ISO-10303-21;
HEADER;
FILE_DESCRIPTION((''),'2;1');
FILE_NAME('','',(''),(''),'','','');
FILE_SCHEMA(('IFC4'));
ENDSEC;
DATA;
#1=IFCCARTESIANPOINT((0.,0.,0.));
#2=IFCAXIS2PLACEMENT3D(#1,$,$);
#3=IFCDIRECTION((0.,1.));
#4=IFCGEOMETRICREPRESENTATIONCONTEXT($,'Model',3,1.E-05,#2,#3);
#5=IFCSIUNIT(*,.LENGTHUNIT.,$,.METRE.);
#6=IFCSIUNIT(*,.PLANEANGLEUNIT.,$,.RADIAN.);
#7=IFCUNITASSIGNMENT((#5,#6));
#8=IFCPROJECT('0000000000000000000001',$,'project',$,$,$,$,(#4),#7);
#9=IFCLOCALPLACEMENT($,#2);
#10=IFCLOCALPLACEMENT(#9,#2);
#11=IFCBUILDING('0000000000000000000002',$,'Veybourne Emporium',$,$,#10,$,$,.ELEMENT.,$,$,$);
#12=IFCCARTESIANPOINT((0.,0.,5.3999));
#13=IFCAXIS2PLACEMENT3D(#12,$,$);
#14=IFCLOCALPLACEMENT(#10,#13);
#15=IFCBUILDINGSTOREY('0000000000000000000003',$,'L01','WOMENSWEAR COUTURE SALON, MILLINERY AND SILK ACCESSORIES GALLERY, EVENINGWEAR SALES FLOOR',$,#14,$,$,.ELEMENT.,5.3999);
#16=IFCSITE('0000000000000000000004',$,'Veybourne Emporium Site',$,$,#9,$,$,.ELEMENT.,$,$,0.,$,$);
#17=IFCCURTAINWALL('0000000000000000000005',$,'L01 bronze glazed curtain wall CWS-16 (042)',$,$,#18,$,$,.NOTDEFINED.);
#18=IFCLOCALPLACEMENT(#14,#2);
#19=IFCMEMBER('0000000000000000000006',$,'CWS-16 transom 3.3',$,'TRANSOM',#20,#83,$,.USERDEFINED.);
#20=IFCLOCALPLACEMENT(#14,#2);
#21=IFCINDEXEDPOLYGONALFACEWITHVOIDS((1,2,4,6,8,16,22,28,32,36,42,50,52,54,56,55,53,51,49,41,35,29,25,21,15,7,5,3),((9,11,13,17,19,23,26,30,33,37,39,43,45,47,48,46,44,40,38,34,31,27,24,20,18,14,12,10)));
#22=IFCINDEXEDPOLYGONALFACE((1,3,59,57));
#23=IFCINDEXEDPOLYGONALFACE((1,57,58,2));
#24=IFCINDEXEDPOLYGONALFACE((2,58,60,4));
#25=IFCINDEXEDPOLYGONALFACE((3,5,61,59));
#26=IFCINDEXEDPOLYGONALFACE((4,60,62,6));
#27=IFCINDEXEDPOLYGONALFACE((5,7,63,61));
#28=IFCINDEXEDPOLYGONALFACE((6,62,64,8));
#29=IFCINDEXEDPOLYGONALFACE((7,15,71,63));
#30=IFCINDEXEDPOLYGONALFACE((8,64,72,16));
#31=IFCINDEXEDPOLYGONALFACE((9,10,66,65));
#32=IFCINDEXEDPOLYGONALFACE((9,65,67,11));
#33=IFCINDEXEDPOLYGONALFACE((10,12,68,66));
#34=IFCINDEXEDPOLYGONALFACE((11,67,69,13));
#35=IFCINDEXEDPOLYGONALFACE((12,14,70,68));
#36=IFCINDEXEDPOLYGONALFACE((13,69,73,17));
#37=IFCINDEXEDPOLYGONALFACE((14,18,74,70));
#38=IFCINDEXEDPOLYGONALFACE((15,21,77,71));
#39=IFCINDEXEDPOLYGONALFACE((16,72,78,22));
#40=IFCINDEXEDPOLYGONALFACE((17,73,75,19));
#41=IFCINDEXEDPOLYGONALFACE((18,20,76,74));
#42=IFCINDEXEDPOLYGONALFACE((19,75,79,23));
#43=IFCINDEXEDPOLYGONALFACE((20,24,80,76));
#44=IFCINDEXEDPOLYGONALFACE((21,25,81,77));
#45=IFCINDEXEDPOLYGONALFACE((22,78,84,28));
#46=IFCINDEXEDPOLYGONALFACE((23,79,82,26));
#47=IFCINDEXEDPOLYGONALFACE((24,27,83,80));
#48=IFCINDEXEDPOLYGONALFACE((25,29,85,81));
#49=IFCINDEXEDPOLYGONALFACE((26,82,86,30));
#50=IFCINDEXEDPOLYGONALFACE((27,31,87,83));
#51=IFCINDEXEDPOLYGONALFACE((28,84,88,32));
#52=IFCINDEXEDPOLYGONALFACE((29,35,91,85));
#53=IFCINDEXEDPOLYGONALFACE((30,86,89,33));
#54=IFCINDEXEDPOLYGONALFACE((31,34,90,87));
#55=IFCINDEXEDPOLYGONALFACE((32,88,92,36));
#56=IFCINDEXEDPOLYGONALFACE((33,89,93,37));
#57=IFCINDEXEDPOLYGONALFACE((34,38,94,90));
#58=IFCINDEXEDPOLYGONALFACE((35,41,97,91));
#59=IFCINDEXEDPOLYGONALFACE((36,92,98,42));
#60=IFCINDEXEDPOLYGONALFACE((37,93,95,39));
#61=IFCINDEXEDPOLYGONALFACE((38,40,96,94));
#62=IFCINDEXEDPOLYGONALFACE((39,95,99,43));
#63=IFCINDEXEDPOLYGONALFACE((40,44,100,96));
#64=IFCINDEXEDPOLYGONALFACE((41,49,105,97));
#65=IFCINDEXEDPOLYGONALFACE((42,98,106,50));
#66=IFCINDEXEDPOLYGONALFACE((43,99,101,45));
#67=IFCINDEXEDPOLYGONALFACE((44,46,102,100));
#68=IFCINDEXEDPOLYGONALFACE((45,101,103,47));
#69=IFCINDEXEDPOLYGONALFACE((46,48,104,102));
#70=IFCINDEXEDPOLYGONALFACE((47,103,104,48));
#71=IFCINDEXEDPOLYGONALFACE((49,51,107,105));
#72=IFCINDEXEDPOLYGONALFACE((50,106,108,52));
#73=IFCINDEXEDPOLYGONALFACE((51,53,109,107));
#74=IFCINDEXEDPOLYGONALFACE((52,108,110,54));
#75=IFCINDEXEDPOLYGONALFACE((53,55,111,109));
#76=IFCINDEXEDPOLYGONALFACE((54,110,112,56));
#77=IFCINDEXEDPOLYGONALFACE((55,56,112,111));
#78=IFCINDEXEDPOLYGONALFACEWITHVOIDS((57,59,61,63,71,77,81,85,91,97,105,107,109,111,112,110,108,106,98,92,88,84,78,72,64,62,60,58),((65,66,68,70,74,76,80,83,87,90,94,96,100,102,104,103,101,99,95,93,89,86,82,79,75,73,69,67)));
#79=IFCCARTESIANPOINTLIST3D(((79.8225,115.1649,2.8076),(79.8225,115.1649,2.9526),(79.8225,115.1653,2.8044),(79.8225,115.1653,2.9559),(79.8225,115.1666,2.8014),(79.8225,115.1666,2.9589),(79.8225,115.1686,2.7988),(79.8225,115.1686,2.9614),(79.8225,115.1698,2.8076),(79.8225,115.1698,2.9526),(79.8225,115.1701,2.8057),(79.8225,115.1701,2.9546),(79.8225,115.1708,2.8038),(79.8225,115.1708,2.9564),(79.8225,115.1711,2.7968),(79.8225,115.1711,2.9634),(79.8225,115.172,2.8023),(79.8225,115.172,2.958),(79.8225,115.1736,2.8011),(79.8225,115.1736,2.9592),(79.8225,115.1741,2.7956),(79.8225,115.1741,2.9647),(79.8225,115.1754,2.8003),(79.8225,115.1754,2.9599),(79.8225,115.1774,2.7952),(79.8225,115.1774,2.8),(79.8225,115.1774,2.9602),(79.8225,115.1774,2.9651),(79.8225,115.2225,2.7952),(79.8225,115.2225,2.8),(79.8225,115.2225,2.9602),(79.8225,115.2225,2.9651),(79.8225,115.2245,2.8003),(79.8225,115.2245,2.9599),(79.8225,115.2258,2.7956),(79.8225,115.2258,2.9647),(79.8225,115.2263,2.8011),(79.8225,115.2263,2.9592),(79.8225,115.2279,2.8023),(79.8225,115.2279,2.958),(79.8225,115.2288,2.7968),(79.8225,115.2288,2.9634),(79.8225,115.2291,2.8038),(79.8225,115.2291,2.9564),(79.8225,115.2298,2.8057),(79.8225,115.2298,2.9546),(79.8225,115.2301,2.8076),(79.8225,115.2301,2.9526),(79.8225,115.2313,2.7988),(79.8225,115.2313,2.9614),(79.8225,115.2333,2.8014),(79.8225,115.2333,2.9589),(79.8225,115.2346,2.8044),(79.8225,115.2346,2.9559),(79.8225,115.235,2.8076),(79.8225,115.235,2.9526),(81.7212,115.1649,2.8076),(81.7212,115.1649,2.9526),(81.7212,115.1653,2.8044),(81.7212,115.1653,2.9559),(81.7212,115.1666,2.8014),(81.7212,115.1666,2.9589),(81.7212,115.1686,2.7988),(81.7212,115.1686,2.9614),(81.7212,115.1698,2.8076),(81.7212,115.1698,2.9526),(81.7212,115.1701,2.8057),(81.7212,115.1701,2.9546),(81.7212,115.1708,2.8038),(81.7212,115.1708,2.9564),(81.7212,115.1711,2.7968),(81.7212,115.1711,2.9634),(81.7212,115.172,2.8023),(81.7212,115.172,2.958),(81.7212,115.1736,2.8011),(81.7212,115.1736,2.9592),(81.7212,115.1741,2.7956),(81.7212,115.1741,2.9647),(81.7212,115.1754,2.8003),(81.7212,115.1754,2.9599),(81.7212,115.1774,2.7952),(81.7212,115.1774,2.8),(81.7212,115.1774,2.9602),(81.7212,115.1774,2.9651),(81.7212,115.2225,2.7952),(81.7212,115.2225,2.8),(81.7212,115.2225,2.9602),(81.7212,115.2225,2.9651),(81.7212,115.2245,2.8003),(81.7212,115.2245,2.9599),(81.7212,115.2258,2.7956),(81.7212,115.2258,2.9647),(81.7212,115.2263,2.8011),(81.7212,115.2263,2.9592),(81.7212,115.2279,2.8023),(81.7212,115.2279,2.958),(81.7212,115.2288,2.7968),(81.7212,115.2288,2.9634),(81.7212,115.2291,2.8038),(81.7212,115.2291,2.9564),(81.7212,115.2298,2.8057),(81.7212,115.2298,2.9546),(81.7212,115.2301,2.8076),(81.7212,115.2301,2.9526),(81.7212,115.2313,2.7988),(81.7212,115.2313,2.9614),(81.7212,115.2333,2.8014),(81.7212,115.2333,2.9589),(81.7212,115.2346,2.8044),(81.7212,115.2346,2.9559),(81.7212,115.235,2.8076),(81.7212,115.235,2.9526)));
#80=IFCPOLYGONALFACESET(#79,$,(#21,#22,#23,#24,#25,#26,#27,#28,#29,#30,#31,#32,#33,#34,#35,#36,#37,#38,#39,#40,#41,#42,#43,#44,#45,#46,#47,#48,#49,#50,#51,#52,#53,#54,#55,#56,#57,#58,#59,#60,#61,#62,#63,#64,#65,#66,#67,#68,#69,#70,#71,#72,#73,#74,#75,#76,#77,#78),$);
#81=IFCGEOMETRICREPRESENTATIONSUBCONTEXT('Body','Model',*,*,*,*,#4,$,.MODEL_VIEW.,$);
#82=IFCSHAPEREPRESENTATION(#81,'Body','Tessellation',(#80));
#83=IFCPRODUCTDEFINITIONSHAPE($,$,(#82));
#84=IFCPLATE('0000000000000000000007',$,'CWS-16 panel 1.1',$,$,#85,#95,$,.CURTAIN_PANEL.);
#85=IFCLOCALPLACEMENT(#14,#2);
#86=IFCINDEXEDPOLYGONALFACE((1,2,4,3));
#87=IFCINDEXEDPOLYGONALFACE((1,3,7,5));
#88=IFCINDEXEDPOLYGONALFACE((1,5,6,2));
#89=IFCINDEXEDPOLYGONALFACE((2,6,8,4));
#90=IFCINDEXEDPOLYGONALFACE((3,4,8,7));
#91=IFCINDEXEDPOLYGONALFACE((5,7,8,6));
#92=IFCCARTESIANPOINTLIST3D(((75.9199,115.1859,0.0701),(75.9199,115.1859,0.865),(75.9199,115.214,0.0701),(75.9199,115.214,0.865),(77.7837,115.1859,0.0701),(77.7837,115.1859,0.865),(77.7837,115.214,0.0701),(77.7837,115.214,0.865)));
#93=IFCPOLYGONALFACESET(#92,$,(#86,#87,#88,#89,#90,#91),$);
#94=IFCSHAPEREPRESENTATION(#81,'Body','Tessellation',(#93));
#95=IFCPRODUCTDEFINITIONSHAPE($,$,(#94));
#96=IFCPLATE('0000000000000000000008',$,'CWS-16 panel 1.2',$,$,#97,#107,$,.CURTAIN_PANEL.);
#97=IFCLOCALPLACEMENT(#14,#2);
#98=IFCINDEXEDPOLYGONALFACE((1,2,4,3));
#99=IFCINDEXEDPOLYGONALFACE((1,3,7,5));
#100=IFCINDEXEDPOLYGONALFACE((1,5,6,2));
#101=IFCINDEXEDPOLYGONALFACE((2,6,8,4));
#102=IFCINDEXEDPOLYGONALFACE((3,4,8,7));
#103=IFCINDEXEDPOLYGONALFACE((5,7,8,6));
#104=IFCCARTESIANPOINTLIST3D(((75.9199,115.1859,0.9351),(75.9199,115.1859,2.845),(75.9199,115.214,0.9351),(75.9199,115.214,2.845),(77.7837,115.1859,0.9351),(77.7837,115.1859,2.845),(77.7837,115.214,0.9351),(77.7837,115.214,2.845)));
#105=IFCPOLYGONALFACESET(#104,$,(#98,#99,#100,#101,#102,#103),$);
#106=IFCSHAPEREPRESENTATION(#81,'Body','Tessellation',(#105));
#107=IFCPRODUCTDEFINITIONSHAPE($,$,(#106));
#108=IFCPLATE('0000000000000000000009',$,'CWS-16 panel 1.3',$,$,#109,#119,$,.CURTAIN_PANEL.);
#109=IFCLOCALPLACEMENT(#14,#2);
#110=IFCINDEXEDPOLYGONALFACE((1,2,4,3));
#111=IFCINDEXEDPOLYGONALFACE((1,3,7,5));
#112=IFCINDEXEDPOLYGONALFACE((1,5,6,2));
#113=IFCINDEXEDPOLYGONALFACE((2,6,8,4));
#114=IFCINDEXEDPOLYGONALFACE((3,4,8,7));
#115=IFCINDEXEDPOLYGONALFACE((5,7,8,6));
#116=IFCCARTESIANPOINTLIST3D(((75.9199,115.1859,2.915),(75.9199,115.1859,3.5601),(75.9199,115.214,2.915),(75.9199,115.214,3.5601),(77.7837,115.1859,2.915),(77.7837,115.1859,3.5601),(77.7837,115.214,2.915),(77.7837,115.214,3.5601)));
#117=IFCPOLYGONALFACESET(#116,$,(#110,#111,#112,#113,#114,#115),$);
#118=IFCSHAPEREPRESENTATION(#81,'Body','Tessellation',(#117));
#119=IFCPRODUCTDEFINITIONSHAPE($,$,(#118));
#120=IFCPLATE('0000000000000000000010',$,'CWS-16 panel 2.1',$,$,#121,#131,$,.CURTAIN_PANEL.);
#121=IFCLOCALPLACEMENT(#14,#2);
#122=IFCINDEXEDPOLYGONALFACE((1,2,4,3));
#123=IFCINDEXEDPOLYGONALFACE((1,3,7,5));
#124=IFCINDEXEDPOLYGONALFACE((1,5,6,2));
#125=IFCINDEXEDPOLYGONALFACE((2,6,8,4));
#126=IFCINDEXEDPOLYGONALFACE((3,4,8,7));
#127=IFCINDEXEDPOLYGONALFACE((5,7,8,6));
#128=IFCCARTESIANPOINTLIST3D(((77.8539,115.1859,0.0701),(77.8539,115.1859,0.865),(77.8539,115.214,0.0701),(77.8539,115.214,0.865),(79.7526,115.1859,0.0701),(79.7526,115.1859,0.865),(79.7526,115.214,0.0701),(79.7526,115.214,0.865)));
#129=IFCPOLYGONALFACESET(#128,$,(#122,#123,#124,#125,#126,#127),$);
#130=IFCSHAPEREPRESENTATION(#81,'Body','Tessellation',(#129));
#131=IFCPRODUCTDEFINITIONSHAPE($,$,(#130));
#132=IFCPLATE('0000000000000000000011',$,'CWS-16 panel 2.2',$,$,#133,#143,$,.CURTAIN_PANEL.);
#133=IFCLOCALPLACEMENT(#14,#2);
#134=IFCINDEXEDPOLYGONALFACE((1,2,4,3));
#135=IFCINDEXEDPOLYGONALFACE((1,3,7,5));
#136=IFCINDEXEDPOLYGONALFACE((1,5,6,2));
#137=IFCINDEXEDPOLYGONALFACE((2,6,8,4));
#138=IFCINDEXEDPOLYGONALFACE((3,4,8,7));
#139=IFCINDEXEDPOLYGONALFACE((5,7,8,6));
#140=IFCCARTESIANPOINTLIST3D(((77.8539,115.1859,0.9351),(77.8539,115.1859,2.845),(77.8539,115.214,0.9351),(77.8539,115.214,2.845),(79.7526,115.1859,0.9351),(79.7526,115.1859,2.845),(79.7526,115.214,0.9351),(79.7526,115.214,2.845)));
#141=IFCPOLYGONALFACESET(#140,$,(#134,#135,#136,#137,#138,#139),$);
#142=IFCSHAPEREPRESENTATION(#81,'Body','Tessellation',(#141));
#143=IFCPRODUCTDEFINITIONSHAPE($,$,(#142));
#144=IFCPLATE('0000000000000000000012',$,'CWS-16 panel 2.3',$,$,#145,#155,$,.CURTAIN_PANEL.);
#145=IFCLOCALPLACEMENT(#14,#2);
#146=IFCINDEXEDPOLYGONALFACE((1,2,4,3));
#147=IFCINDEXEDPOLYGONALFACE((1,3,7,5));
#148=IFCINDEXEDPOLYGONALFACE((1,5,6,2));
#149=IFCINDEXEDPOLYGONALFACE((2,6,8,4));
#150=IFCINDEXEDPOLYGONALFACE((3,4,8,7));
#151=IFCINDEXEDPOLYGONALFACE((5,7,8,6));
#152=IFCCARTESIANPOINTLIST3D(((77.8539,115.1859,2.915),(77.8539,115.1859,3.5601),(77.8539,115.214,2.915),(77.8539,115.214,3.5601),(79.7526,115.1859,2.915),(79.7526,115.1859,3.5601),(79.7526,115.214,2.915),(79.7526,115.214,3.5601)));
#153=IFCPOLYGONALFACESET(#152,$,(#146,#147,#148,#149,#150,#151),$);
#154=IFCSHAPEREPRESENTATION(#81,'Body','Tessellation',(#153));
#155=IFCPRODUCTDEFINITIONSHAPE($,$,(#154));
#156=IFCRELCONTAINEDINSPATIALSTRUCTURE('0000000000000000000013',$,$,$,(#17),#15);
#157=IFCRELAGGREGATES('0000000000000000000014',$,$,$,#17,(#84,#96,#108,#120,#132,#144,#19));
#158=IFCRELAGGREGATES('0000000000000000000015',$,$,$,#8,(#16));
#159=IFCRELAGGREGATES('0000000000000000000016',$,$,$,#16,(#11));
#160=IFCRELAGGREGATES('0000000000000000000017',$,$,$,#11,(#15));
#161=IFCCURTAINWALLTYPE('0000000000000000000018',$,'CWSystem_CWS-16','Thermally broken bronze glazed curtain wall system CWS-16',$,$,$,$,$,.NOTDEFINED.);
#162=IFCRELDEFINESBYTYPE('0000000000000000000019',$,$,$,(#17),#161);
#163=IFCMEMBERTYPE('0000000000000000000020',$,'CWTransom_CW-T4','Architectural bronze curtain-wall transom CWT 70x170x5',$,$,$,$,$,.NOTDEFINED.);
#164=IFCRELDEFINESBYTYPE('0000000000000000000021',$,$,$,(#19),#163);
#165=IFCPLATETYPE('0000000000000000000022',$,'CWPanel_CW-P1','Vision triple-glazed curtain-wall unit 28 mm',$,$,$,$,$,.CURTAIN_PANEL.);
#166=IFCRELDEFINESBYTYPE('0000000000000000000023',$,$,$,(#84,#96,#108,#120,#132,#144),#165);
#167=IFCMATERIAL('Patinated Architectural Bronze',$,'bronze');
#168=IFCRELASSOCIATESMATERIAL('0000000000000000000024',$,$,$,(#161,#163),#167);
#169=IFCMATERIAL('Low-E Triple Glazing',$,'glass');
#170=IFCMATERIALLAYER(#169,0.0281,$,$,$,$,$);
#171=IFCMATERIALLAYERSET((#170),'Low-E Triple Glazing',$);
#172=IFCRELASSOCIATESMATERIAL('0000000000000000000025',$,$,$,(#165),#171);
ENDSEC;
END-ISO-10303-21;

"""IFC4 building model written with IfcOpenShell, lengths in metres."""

from ifc_helpers import new_model, si_unit, direction, frame, origin, origin_2d, place, context, subcontext, project, spatial, rectangle, hollow_rectangle, extrude, material, layer, layer_set, material_profile, profile_set, type_object, element, aggregate, save


model = new_model("IFC4")

# Units and contexts
model_context = context("Model", 3, precision=1e-05, world=origin(), true_north=direction((0.0, 1.0)))
body_context = subcontext(model_context, "Body", "Model", "MODEL_VIEW")
ifc_project = project(units=[si_unit("LENGTHUNIT", "METRE"), si_unit("PLANEANGLEUNIT", "RADIAN")], contexts=[model_context])

# Site, building, storey
site_placement = place(None, origin())
site = spatial("IfcSite", under=ifc_project, at=site_placement, Name="Veybourne Emporium Site", CompositionType="ELEMENT", RefElevation=0.0)
building_placement = place(site_placement, origin())
building = spatial("IfcBuilding", under=site, at=building_placement, Name="Veybourne Emporium", CompositionType="ELEMENT")
storey_placement = place(building_placement, frame((0.0, 0.0, 5.3999)))
storey = spatial("IfcBuildingStorey", under=building, at=storey_placement, Name="L01", Description="WOMENSWEAR COUTURE SALON, MILLINERY AND SILK ACCESSORIES GALLERY, EVENINGWEAR SALES FLOOR", CompositionType="ELEMENT", Elevation=5.3999)

# Curtain wall, member, plates
ifc_material_1 = material(Name="Patinated Architectural Bronze", Category="bronze")
curtain_wall_type = type_object("IfcCurtainWallType", Name="CWSystem_CWS-16", Description="Thermally broken bronze glazed curtain wall system CWS-16", PredefinedType="NOTDEFINED", material=ifc_material_1)
curtain_wall_placement = place(storey_placement, origin())
curtain_wall = element("IfcCurtainWall", 1, at=curtain_wall_placement, inside=storey, type_object=curtain_wall_type, Name="L01 bronze glazed curtain wall CWS-16 (042)", PredefinedType="NOTDEFINED")
ifc_material_profile_1 = material_profile(ifc_material_1, hollow_rectangle(XDim=0.0701, YDim=0.1699, WallThickness=0.0049, InnerFilletRadius=0.0076, OuterFilletRadius=0.0125, at=origin_2d()), Name="CWT 70x170x5")
ifc_profile_set_1 = profile_set([ifc_material_profile_1], Name="Patinated Architectural Bronze")
member_type_1 = type_object("IfcMemberType", Name="CWTransom_CW-T4", Description="Architectural bronze curtain-wall transom CWT 70x170x5", PredefinedType="NOTDEFINED", material=ifc_profile_set_1)
member_1_placement = place(storey_placement, frame((79.8225, 115.2, 2.8801), z_axis=(1.0, 0.0, 0.0), x_axis=(0.0, 1.0, 0.0)))
member_1 = element("IfcMember", 2, at=member_1_placement, type_object=member_type_1, Name="CWS-16 transom 3.3", ObjectType="TRANSOM", PredefinedType="USERDEFINED", context=body_context, shape_type="SweptSolid", body=[
    extrude(hollow_rectangle(XDim=0.0701, YDim=0.1699, WallThickness=0.0049, InnerFilletRadius=0.0076, OuterFilletRadius=0.0125, at=origin_2d()), origin(), (0.0, 0.0, 1.0), 1.8987),
])
ifc_material_2 = material(Name="Low-E Triple Glazing", Category="glass")
ifc_layer_1 = layer(ifc_material_2, 0.0281)
ifc_layer_set_1 = layer_set([ifc_layer_1], Name="Low-E Triple Glazing")
plate_type = type_object("IfcPlateType", Name="CWPanel_CW-P1", Description="Vision triple-glazed curtain-wall unit 28 mm", PredefinedType="CURTAIN_PANEL", material=ifc_layer_set_1)
plate_1_placement = place(storey_placement, frame((76.8518, 115.2, 0.0701), z_axis=(0.0, 0.0, 1.0), x_axis=(1.0, 0.0, 0.0)))
plate_1 = element("IfcPlate", 3, at=plate_1_placement, type_object=plate_type, Name="CWS-16 panel 1.1", PredefinedType="CURTAIN_PANEL", context=body_context, shape_type="SweptSolid", body=[
    extrude(rectangle(XDim=1.8638, YDim=0.0281, at=origin_2d()), origin(), (0.0, 0.0, 1.0), 0.7949),
])
plate_2_placement = place(storey_placement, frame((76.8518, 115.2, 0.9351), z_axis=(0.0, 0.0, 1.0), x_axis=(1.0, 0.0, 0.0)))
plate_2 = element("IfcPlate", 4, at=plate_2_placement, type_object=plate_type, Name="CWS-16 panel 1.2", PredefinedType="CURTAIN_PANEL", context=body_context, shape_type="SweptSolid", body=[
    extrude(rectangle(XDim=1.8638, YDim=0.0281, at=origin_2d()), origin(), (0.0, 0.0, 1.0), 1.9099),
])
plate_3_placement = place(storey_placement, frame((76.8518, 115.2, 2.915), z_axis=(0.0, 0.0, 1.0), x_axis=(1.0, 0.0, 0.0)))
plate_3 = element("IfcPlate", 5, at=plate_3_placement, type_object=plate_type, Name="CWS-16 panel 1.3", PredefinedType="CURTAIN_PANEL", context=body_context, shape_type="SweptSolid", body=[
    extrude(rectangle(XDim=1.8638, YDim=0.0281, at=origin_2d()), origin(), (0.0, 0.0, 1.0), 0.645),
])
plate_4_placement = place(storey_placement, frame((78.8032, 115.2, 0.0701), z_axis=(0.0, 0.0, 1.0), x_axis=(1.0, 0.0, 0.0)))
plate_4 = element("IfcPlate", 6, at=plate_4_placement, type_object=plate_type, Name="CWS-16 panel 2.1", PredefinedType="CURTAIN_PANEL", context=body_context, shape_type="SweptSolid", body=[
    extrude(rectangle(XDim=1.8987, YDim=0.0281, at=origin_2d()), origin(), (0.0, 0.0, 1.0), 0.7949),
])
plate_5_placement = place(storey_placement, frame((78.8032, 115.2, 0.9351), z_axis=(0.0, 0.0, 1.0), x_axis=(1.0, 0.0, 0.0)))
plate_5 = element("IfcPlate", 7, at=plate_5_placement, type_object=plate_type, Name="CWS-16 panel 2.2", PredefinedType="CURTAIN_PANEL", context=body_context, shape_type="SweptSolid", body=[
    extrude(rectangle(XDim=1.8987, YDim=0.0281, at=origin_2d()), origin(), (0.0, 0.0, 1.0), 1.9099),
])
plate_6_placement = place(storey_placement, frame((78.8032, 115.2, 2.915), z_axis=(0.0, 0.0, 1.0), x_axis=(1.0, 0.0, 0.0)))
plate_6 = element("IfcPlate", 8, at=plate_6_placement, type_object=plate_type, Name="CWS-16 panel 2.3", PredefinedType="CURTAIN_PANEL", context=body_context, shape_type="SweptSolid", body=[
    extrude(rectangle(XDim=1.8987, YDim=0.0281, at=origin_2d()), origin(), (0.0, 0.0, 1.0), 0.645),
])
aggregate(curtain_wall, [plate_1, plate_2, plate_3, plate_4, plate_5, plate_6, member_1])

save(model, "model.ifc")
